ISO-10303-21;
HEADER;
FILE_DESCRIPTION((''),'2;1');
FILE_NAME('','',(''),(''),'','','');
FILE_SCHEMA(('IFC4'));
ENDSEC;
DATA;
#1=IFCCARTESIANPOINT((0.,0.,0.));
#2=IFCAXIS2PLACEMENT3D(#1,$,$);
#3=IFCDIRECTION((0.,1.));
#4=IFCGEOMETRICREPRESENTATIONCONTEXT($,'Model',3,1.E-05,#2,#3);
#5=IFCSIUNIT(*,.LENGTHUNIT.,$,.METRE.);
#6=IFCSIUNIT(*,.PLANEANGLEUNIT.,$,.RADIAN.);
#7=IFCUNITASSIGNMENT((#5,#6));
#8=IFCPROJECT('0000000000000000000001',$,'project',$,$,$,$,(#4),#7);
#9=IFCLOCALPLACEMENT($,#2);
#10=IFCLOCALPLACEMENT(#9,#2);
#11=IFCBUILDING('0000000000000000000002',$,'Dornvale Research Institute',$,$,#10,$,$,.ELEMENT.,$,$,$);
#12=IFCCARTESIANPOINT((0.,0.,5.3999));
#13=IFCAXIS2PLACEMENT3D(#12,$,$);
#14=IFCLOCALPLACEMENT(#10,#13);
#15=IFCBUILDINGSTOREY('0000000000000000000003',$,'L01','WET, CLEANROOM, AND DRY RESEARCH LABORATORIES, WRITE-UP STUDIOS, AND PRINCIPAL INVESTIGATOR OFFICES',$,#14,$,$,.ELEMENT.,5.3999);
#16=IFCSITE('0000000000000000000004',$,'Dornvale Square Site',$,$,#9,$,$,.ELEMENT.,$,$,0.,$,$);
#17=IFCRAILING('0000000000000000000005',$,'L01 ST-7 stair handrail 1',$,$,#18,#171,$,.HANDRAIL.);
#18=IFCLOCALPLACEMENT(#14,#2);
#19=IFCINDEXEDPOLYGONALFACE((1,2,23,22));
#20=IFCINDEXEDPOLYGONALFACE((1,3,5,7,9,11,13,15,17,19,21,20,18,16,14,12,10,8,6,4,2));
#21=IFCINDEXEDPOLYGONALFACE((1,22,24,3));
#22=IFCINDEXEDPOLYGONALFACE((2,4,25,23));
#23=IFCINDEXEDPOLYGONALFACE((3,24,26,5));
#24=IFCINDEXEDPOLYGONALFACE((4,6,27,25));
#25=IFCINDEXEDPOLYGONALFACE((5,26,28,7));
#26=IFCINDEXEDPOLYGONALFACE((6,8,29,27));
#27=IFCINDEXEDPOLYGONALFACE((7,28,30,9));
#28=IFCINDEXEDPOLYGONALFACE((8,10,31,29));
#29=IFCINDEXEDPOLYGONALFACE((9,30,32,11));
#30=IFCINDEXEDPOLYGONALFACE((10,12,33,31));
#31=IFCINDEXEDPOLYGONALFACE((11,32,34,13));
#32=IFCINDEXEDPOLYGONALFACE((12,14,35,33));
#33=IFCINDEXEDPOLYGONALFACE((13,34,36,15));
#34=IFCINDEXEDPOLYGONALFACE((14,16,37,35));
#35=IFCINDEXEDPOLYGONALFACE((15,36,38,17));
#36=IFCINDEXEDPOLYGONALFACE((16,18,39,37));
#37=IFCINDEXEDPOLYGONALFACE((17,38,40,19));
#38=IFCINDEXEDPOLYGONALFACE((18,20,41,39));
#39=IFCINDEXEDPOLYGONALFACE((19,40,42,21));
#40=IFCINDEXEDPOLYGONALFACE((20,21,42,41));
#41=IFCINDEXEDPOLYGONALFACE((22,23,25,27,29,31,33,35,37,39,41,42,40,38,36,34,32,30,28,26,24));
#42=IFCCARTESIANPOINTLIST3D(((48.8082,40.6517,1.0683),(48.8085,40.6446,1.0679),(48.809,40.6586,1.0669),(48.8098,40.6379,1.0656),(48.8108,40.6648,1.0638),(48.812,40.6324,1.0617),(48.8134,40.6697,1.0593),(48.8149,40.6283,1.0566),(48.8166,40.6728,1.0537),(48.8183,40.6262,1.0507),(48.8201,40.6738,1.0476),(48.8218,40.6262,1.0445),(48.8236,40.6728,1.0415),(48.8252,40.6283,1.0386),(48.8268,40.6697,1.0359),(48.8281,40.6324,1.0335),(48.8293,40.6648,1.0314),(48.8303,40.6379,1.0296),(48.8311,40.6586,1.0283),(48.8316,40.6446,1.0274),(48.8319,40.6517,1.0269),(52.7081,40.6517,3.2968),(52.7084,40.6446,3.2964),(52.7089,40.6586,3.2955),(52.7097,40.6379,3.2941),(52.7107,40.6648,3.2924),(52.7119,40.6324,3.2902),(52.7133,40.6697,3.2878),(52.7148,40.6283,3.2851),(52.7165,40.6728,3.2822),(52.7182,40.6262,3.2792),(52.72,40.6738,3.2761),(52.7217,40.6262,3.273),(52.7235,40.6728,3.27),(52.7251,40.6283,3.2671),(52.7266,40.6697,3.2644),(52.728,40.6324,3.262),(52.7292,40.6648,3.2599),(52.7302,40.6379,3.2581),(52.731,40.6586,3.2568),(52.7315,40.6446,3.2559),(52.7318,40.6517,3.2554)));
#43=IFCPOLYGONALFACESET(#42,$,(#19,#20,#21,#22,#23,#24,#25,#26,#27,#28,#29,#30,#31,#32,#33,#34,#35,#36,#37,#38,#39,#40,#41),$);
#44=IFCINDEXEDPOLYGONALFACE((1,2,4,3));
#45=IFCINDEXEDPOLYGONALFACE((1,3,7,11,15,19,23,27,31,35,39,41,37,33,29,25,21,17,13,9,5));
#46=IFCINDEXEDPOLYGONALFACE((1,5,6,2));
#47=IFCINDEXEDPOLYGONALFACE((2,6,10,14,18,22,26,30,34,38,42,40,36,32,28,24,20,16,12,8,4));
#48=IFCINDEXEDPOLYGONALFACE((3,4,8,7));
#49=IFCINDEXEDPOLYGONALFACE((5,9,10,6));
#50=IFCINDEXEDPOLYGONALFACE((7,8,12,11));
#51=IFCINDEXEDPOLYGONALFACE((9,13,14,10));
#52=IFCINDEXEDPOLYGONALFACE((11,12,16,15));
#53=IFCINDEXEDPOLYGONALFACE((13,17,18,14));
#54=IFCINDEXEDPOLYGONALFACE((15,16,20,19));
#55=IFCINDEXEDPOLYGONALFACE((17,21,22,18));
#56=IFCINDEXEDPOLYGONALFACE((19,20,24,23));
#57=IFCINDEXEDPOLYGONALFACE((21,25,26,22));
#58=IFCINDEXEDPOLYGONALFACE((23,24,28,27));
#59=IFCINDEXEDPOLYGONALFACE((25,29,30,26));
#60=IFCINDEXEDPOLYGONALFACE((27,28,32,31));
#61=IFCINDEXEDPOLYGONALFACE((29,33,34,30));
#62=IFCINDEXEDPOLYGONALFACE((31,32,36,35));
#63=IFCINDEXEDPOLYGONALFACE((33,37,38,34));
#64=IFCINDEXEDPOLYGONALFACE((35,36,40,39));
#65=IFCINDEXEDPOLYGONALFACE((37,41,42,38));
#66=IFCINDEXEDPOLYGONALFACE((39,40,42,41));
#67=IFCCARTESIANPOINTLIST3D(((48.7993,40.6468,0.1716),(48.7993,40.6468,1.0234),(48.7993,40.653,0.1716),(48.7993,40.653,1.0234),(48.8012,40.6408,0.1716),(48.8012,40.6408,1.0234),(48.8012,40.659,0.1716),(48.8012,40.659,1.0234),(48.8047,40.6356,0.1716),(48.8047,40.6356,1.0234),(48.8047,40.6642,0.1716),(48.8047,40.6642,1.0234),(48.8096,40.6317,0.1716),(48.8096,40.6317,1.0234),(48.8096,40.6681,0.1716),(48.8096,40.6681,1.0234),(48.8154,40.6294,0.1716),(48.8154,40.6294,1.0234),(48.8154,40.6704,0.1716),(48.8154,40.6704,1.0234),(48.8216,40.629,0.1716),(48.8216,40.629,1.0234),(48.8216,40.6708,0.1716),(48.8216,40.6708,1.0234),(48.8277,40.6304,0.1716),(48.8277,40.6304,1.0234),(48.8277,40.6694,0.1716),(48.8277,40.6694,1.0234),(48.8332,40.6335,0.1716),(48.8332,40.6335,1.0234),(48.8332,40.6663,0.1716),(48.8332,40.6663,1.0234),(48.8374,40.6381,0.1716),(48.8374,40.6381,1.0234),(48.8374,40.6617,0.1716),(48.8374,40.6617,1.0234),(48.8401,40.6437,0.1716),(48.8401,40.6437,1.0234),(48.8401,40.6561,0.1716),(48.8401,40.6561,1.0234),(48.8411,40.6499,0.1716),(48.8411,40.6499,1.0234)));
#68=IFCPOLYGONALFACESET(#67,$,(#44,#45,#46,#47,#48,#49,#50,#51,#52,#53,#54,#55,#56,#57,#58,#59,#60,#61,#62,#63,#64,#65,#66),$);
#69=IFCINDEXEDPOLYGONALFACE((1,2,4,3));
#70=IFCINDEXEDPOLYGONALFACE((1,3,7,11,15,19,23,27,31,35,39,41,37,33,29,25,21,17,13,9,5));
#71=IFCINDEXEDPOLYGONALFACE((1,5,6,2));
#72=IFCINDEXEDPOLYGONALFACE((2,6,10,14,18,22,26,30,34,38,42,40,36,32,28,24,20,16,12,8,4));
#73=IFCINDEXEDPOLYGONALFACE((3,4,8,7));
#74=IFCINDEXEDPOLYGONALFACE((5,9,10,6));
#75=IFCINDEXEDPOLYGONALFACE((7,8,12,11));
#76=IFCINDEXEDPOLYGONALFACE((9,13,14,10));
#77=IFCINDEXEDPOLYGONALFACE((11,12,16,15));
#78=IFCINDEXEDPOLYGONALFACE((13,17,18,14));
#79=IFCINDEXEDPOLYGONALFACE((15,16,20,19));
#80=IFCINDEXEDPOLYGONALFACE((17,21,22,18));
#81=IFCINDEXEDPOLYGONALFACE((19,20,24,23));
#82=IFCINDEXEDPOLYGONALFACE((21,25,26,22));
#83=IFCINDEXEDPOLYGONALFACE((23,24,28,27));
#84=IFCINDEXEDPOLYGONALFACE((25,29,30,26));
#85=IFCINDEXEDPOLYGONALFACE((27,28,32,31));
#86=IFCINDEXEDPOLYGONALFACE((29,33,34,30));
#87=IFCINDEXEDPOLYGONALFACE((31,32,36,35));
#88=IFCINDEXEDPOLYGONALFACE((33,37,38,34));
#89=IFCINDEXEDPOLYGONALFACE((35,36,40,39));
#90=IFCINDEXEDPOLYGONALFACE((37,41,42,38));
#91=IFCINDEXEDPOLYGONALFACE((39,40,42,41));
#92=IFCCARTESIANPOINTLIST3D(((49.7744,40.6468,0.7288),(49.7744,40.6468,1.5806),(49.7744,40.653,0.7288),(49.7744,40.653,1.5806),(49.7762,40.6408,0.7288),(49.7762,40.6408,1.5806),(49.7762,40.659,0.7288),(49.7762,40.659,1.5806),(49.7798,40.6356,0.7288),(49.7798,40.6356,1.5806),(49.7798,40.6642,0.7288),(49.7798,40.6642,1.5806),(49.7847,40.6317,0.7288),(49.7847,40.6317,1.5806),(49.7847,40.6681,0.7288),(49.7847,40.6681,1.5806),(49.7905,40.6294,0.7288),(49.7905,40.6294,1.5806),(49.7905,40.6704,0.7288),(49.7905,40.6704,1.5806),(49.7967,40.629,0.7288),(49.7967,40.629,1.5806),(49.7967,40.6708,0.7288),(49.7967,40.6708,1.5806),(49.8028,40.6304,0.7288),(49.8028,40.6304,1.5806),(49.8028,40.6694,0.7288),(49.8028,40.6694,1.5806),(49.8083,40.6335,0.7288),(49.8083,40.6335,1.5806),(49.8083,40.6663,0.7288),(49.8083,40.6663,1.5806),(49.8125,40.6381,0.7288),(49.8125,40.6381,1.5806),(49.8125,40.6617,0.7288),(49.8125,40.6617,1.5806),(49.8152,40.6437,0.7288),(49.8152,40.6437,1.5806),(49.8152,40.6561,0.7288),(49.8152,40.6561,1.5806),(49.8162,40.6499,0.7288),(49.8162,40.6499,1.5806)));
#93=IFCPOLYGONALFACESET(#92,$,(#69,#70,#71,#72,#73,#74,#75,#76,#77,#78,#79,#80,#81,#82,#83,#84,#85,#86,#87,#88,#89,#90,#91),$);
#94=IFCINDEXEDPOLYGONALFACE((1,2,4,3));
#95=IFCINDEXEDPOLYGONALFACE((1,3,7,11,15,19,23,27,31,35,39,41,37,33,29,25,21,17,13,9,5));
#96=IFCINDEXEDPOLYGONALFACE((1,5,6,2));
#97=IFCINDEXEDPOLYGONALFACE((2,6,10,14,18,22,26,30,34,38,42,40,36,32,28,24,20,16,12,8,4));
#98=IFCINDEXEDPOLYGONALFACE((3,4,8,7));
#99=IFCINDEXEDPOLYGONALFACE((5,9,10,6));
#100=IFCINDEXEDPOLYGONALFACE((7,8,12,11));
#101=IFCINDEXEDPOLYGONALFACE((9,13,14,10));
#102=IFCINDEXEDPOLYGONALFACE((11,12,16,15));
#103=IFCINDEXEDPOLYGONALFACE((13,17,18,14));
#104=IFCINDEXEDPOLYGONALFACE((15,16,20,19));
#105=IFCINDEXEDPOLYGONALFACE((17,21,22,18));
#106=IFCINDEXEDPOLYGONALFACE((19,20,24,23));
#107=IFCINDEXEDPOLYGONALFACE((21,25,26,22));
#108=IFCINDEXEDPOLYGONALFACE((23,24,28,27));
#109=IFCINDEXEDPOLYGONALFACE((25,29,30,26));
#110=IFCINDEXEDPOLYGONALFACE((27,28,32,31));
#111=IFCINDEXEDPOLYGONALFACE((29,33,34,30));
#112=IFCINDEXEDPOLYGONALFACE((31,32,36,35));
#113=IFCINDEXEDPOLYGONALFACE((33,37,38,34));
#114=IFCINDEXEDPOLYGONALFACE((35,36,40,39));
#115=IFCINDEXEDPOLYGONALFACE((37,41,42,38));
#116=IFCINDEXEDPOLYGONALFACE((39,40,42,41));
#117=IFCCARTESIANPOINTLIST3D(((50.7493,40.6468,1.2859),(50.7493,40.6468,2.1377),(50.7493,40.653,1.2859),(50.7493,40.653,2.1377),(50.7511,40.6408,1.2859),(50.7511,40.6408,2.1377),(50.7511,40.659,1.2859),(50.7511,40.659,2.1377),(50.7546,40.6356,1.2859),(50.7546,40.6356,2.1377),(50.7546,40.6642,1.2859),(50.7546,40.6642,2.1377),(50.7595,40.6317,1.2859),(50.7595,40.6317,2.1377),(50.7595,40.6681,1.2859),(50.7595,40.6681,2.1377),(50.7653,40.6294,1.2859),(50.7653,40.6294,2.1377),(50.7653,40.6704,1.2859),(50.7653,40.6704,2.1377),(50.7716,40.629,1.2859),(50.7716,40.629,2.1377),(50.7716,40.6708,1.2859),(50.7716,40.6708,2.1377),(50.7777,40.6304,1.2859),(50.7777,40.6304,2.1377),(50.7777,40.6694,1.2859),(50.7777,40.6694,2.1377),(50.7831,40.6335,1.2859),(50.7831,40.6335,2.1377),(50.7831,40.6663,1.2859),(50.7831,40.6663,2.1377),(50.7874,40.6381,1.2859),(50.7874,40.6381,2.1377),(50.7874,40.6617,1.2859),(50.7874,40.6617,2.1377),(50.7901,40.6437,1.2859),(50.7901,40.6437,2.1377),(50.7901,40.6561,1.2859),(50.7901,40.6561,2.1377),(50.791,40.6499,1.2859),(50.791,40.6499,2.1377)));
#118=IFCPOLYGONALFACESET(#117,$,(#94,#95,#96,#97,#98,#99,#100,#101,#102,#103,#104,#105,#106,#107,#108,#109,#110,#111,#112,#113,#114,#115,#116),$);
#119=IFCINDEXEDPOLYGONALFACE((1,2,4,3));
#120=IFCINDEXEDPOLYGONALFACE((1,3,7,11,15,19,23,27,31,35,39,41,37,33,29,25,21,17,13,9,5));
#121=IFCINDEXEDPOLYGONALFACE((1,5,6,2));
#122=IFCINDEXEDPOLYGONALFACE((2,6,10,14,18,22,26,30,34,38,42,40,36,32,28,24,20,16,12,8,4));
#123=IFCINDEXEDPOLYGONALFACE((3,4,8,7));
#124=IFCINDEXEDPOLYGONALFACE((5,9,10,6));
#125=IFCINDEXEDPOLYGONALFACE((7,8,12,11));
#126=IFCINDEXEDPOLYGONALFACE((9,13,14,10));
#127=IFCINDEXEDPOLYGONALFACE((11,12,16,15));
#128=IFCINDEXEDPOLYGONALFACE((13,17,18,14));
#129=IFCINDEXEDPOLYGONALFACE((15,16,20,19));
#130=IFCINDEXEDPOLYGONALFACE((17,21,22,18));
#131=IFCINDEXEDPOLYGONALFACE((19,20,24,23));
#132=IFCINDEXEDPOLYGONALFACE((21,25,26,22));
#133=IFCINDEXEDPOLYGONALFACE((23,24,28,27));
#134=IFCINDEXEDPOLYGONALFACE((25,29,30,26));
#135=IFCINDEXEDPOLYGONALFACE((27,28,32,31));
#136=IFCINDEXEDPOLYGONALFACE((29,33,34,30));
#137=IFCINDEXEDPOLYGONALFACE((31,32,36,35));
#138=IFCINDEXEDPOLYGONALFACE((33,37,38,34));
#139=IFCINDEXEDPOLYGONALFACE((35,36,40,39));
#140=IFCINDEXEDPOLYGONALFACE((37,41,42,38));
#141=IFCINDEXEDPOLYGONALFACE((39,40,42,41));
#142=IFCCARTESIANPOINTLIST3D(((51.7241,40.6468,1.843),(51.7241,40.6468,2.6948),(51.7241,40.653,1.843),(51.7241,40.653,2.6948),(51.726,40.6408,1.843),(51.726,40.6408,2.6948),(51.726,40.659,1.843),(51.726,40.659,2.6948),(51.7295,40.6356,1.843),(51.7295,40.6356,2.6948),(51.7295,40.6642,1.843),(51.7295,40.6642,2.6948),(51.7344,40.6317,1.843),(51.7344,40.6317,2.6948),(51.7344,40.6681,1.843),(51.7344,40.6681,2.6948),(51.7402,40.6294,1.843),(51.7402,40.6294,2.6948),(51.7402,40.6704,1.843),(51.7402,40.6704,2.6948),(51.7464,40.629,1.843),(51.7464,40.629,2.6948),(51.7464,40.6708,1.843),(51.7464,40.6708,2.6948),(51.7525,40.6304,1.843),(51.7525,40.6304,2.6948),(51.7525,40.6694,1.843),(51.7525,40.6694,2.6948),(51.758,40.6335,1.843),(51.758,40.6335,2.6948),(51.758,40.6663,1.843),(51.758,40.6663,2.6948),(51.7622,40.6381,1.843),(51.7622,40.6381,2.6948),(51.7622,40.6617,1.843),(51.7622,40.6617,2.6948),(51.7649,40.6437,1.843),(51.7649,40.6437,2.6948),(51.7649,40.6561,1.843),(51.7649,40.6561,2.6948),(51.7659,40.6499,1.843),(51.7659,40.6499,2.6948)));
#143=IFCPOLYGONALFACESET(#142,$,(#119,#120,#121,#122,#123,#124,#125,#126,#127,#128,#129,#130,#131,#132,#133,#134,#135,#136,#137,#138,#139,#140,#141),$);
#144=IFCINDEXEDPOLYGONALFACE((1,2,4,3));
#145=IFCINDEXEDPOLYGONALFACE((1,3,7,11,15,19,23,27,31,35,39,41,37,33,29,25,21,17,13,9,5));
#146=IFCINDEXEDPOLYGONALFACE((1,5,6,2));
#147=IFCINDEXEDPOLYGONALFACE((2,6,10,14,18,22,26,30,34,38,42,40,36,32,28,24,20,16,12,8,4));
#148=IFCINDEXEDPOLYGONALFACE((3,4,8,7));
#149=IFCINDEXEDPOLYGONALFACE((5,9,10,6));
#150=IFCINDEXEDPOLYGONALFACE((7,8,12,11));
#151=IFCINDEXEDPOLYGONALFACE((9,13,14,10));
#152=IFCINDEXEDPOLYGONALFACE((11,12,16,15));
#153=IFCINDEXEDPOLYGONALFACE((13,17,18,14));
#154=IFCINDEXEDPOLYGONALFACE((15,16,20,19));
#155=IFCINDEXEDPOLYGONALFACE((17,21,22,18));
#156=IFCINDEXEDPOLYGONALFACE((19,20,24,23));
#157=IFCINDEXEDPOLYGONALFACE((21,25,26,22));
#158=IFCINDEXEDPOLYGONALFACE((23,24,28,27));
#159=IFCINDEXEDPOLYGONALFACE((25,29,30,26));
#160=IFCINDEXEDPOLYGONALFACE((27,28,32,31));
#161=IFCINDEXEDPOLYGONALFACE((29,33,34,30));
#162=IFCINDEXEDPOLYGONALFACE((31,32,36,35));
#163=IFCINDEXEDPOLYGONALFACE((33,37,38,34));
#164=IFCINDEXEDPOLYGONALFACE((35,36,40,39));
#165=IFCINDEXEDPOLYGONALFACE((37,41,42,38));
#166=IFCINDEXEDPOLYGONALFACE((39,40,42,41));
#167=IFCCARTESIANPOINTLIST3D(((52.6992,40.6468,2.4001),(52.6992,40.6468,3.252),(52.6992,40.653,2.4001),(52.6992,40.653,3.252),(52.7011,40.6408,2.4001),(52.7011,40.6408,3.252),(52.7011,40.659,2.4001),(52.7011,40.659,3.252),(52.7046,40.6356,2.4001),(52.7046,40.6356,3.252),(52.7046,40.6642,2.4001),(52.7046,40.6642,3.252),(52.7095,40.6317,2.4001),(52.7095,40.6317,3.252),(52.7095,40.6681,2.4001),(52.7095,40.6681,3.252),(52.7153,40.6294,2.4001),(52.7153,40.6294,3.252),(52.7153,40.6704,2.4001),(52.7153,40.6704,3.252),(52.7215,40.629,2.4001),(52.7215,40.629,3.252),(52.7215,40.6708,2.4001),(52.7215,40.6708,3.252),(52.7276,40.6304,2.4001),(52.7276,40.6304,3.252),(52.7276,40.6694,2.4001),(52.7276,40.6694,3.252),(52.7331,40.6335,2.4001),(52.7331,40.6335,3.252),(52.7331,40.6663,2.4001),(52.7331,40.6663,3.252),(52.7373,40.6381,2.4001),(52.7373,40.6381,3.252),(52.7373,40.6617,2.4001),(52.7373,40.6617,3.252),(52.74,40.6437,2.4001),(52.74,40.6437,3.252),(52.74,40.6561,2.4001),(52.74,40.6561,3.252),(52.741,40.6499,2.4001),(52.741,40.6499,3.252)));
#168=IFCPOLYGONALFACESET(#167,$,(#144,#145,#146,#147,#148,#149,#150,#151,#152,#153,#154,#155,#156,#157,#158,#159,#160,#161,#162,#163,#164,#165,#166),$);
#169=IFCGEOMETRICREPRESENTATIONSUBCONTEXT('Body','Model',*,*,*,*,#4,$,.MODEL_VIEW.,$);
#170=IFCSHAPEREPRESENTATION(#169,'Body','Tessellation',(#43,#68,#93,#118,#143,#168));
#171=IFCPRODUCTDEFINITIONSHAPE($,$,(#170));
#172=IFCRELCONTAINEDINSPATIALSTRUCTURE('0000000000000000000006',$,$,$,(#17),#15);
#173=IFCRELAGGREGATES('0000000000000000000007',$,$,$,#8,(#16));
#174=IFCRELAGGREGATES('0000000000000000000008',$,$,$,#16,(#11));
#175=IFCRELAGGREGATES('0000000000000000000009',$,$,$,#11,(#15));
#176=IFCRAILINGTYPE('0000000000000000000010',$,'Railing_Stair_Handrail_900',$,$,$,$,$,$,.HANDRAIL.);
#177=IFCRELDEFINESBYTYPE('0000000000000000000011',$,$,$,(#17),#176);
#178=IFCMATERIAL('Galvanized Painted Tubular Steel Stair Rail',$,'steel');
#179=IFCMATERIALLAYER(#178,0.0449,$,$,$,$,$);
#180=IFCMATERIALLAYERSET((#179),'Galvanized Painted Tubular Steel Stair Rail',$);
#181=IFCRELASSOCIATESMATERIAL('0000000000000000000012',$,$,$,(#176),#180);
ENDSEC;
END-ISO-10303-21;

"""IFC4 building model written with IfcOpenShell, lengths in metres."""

from ifc_helpers import new_model, si_unit, direction, frame, origin, origin_2d, place, context, subcontext, project, spatial, circle, extrude, material, layer, layer_set, type_object, element, save


model = new_model("IFC4")

# Units and contexts
model_context = context("Model", 3, precision=1e-05, world=origin(), true_north=direction((0.0, 1.0)))
body_context = subcontext(model_context, "Body", "Model", "MODEL_VIEW")
ifc_project = project(units=[si_unit("LENGTHUNIT", "METRE"), si_unit("PLANEANGLEUNIT", "RADIAN")], contexts=[model_context])

# Site, building, storey
site_placement = place(None, origin())
site = spatial("IfcSite", under=ifc_project, at=site_placement, Name="Dornvale Square Site", CompositionType="ELEMENT", RefElevation=0.0)
building_placement = place(site_placement, origin())
building = spatial("IfcBuilding", under=site, at=building_placement, Name="Dornvale Research Institute", CompositionType="ELEMENT")
storey_placement = place(building_placement, frame((0.0, 0.0, 5.3999)))
storey = spatial("IfcBuildingStorey", under=building, at=storey_placement, Name="L01", Description="WET, CLEANROOM, AND DRY RESEARCH LABORATORIES, WRITE-UP STUDIOS, AND PRINCIPAL INVESTIGATOR OFFICES", CompositionType="ELEMENT", Elevation=5.3999)

# Railing
ifc_material_1 = material(Name="Galvanized Painted Tubular Steel Stair Rail", Category="steel")
ifc_layer_1 = layer(ifc_material_1, 0.0449)
ifc_layer_set_1 = layer_set([ifc_layer_1], Name="Galvanized Painted Tubular Steel Stair Rail")
railing_type_1 = type_object("IfcRailingType", Name="Railing_Stair_Handrail_900", PredefinedType="HANDRAIL", material=ifc_layer_set_1)
railing_1_placement = place(storey_placement, frame((48.8201, 40.6499, 0.1716)))
element("IfcRailing", 1, at=railing_1_placement, inside=storey, type_object=railing_type_1, Name="L01 ST-7 stair handrail 1", PredefinedType="HANDRAIL", context=body_context, shape_type="SweptSolid", body=[
    extrude(circle(Radius=0.0239, at=origin_2d()), frame((0.0, 0.0, 0.876), z_axis=(0.868243, 0.0, 0.496139), x_axis=(0.0, 1.0, 0.0)), (0.0, 0.0, 1.0), 4.4917),
    extrude(circle(Radius=0.021, at=origin_2d()), origin(), (0.0, 0.0, 1.0), 0.8518),
    extrude(circle(Radius=0.021, at=origin_2d()), frame((0.9751, 0.0, 0.5571)), (0.0, 0.0, 1.0), 0.8518),
    extrude(circle(Radius=0.021, at=origin_2d()), frame((1.95, 0.0, 1.1143)), (0.0, 0.0, 1.0), 0.8518),
    extrude(circle(Radius=0.021, at=origin_2d()), frame((2.9248, 0.0, 1.6714)), (0.0, 0.0, 1.0), 0.8518),
    extrude(circle(Radius=0.021, at=origin_2d()), frame((3.8999, 0.0, 2.2285)), (0.0, 0.0, 1.0), 0.8518),
])

save(model, "model.ifc")
